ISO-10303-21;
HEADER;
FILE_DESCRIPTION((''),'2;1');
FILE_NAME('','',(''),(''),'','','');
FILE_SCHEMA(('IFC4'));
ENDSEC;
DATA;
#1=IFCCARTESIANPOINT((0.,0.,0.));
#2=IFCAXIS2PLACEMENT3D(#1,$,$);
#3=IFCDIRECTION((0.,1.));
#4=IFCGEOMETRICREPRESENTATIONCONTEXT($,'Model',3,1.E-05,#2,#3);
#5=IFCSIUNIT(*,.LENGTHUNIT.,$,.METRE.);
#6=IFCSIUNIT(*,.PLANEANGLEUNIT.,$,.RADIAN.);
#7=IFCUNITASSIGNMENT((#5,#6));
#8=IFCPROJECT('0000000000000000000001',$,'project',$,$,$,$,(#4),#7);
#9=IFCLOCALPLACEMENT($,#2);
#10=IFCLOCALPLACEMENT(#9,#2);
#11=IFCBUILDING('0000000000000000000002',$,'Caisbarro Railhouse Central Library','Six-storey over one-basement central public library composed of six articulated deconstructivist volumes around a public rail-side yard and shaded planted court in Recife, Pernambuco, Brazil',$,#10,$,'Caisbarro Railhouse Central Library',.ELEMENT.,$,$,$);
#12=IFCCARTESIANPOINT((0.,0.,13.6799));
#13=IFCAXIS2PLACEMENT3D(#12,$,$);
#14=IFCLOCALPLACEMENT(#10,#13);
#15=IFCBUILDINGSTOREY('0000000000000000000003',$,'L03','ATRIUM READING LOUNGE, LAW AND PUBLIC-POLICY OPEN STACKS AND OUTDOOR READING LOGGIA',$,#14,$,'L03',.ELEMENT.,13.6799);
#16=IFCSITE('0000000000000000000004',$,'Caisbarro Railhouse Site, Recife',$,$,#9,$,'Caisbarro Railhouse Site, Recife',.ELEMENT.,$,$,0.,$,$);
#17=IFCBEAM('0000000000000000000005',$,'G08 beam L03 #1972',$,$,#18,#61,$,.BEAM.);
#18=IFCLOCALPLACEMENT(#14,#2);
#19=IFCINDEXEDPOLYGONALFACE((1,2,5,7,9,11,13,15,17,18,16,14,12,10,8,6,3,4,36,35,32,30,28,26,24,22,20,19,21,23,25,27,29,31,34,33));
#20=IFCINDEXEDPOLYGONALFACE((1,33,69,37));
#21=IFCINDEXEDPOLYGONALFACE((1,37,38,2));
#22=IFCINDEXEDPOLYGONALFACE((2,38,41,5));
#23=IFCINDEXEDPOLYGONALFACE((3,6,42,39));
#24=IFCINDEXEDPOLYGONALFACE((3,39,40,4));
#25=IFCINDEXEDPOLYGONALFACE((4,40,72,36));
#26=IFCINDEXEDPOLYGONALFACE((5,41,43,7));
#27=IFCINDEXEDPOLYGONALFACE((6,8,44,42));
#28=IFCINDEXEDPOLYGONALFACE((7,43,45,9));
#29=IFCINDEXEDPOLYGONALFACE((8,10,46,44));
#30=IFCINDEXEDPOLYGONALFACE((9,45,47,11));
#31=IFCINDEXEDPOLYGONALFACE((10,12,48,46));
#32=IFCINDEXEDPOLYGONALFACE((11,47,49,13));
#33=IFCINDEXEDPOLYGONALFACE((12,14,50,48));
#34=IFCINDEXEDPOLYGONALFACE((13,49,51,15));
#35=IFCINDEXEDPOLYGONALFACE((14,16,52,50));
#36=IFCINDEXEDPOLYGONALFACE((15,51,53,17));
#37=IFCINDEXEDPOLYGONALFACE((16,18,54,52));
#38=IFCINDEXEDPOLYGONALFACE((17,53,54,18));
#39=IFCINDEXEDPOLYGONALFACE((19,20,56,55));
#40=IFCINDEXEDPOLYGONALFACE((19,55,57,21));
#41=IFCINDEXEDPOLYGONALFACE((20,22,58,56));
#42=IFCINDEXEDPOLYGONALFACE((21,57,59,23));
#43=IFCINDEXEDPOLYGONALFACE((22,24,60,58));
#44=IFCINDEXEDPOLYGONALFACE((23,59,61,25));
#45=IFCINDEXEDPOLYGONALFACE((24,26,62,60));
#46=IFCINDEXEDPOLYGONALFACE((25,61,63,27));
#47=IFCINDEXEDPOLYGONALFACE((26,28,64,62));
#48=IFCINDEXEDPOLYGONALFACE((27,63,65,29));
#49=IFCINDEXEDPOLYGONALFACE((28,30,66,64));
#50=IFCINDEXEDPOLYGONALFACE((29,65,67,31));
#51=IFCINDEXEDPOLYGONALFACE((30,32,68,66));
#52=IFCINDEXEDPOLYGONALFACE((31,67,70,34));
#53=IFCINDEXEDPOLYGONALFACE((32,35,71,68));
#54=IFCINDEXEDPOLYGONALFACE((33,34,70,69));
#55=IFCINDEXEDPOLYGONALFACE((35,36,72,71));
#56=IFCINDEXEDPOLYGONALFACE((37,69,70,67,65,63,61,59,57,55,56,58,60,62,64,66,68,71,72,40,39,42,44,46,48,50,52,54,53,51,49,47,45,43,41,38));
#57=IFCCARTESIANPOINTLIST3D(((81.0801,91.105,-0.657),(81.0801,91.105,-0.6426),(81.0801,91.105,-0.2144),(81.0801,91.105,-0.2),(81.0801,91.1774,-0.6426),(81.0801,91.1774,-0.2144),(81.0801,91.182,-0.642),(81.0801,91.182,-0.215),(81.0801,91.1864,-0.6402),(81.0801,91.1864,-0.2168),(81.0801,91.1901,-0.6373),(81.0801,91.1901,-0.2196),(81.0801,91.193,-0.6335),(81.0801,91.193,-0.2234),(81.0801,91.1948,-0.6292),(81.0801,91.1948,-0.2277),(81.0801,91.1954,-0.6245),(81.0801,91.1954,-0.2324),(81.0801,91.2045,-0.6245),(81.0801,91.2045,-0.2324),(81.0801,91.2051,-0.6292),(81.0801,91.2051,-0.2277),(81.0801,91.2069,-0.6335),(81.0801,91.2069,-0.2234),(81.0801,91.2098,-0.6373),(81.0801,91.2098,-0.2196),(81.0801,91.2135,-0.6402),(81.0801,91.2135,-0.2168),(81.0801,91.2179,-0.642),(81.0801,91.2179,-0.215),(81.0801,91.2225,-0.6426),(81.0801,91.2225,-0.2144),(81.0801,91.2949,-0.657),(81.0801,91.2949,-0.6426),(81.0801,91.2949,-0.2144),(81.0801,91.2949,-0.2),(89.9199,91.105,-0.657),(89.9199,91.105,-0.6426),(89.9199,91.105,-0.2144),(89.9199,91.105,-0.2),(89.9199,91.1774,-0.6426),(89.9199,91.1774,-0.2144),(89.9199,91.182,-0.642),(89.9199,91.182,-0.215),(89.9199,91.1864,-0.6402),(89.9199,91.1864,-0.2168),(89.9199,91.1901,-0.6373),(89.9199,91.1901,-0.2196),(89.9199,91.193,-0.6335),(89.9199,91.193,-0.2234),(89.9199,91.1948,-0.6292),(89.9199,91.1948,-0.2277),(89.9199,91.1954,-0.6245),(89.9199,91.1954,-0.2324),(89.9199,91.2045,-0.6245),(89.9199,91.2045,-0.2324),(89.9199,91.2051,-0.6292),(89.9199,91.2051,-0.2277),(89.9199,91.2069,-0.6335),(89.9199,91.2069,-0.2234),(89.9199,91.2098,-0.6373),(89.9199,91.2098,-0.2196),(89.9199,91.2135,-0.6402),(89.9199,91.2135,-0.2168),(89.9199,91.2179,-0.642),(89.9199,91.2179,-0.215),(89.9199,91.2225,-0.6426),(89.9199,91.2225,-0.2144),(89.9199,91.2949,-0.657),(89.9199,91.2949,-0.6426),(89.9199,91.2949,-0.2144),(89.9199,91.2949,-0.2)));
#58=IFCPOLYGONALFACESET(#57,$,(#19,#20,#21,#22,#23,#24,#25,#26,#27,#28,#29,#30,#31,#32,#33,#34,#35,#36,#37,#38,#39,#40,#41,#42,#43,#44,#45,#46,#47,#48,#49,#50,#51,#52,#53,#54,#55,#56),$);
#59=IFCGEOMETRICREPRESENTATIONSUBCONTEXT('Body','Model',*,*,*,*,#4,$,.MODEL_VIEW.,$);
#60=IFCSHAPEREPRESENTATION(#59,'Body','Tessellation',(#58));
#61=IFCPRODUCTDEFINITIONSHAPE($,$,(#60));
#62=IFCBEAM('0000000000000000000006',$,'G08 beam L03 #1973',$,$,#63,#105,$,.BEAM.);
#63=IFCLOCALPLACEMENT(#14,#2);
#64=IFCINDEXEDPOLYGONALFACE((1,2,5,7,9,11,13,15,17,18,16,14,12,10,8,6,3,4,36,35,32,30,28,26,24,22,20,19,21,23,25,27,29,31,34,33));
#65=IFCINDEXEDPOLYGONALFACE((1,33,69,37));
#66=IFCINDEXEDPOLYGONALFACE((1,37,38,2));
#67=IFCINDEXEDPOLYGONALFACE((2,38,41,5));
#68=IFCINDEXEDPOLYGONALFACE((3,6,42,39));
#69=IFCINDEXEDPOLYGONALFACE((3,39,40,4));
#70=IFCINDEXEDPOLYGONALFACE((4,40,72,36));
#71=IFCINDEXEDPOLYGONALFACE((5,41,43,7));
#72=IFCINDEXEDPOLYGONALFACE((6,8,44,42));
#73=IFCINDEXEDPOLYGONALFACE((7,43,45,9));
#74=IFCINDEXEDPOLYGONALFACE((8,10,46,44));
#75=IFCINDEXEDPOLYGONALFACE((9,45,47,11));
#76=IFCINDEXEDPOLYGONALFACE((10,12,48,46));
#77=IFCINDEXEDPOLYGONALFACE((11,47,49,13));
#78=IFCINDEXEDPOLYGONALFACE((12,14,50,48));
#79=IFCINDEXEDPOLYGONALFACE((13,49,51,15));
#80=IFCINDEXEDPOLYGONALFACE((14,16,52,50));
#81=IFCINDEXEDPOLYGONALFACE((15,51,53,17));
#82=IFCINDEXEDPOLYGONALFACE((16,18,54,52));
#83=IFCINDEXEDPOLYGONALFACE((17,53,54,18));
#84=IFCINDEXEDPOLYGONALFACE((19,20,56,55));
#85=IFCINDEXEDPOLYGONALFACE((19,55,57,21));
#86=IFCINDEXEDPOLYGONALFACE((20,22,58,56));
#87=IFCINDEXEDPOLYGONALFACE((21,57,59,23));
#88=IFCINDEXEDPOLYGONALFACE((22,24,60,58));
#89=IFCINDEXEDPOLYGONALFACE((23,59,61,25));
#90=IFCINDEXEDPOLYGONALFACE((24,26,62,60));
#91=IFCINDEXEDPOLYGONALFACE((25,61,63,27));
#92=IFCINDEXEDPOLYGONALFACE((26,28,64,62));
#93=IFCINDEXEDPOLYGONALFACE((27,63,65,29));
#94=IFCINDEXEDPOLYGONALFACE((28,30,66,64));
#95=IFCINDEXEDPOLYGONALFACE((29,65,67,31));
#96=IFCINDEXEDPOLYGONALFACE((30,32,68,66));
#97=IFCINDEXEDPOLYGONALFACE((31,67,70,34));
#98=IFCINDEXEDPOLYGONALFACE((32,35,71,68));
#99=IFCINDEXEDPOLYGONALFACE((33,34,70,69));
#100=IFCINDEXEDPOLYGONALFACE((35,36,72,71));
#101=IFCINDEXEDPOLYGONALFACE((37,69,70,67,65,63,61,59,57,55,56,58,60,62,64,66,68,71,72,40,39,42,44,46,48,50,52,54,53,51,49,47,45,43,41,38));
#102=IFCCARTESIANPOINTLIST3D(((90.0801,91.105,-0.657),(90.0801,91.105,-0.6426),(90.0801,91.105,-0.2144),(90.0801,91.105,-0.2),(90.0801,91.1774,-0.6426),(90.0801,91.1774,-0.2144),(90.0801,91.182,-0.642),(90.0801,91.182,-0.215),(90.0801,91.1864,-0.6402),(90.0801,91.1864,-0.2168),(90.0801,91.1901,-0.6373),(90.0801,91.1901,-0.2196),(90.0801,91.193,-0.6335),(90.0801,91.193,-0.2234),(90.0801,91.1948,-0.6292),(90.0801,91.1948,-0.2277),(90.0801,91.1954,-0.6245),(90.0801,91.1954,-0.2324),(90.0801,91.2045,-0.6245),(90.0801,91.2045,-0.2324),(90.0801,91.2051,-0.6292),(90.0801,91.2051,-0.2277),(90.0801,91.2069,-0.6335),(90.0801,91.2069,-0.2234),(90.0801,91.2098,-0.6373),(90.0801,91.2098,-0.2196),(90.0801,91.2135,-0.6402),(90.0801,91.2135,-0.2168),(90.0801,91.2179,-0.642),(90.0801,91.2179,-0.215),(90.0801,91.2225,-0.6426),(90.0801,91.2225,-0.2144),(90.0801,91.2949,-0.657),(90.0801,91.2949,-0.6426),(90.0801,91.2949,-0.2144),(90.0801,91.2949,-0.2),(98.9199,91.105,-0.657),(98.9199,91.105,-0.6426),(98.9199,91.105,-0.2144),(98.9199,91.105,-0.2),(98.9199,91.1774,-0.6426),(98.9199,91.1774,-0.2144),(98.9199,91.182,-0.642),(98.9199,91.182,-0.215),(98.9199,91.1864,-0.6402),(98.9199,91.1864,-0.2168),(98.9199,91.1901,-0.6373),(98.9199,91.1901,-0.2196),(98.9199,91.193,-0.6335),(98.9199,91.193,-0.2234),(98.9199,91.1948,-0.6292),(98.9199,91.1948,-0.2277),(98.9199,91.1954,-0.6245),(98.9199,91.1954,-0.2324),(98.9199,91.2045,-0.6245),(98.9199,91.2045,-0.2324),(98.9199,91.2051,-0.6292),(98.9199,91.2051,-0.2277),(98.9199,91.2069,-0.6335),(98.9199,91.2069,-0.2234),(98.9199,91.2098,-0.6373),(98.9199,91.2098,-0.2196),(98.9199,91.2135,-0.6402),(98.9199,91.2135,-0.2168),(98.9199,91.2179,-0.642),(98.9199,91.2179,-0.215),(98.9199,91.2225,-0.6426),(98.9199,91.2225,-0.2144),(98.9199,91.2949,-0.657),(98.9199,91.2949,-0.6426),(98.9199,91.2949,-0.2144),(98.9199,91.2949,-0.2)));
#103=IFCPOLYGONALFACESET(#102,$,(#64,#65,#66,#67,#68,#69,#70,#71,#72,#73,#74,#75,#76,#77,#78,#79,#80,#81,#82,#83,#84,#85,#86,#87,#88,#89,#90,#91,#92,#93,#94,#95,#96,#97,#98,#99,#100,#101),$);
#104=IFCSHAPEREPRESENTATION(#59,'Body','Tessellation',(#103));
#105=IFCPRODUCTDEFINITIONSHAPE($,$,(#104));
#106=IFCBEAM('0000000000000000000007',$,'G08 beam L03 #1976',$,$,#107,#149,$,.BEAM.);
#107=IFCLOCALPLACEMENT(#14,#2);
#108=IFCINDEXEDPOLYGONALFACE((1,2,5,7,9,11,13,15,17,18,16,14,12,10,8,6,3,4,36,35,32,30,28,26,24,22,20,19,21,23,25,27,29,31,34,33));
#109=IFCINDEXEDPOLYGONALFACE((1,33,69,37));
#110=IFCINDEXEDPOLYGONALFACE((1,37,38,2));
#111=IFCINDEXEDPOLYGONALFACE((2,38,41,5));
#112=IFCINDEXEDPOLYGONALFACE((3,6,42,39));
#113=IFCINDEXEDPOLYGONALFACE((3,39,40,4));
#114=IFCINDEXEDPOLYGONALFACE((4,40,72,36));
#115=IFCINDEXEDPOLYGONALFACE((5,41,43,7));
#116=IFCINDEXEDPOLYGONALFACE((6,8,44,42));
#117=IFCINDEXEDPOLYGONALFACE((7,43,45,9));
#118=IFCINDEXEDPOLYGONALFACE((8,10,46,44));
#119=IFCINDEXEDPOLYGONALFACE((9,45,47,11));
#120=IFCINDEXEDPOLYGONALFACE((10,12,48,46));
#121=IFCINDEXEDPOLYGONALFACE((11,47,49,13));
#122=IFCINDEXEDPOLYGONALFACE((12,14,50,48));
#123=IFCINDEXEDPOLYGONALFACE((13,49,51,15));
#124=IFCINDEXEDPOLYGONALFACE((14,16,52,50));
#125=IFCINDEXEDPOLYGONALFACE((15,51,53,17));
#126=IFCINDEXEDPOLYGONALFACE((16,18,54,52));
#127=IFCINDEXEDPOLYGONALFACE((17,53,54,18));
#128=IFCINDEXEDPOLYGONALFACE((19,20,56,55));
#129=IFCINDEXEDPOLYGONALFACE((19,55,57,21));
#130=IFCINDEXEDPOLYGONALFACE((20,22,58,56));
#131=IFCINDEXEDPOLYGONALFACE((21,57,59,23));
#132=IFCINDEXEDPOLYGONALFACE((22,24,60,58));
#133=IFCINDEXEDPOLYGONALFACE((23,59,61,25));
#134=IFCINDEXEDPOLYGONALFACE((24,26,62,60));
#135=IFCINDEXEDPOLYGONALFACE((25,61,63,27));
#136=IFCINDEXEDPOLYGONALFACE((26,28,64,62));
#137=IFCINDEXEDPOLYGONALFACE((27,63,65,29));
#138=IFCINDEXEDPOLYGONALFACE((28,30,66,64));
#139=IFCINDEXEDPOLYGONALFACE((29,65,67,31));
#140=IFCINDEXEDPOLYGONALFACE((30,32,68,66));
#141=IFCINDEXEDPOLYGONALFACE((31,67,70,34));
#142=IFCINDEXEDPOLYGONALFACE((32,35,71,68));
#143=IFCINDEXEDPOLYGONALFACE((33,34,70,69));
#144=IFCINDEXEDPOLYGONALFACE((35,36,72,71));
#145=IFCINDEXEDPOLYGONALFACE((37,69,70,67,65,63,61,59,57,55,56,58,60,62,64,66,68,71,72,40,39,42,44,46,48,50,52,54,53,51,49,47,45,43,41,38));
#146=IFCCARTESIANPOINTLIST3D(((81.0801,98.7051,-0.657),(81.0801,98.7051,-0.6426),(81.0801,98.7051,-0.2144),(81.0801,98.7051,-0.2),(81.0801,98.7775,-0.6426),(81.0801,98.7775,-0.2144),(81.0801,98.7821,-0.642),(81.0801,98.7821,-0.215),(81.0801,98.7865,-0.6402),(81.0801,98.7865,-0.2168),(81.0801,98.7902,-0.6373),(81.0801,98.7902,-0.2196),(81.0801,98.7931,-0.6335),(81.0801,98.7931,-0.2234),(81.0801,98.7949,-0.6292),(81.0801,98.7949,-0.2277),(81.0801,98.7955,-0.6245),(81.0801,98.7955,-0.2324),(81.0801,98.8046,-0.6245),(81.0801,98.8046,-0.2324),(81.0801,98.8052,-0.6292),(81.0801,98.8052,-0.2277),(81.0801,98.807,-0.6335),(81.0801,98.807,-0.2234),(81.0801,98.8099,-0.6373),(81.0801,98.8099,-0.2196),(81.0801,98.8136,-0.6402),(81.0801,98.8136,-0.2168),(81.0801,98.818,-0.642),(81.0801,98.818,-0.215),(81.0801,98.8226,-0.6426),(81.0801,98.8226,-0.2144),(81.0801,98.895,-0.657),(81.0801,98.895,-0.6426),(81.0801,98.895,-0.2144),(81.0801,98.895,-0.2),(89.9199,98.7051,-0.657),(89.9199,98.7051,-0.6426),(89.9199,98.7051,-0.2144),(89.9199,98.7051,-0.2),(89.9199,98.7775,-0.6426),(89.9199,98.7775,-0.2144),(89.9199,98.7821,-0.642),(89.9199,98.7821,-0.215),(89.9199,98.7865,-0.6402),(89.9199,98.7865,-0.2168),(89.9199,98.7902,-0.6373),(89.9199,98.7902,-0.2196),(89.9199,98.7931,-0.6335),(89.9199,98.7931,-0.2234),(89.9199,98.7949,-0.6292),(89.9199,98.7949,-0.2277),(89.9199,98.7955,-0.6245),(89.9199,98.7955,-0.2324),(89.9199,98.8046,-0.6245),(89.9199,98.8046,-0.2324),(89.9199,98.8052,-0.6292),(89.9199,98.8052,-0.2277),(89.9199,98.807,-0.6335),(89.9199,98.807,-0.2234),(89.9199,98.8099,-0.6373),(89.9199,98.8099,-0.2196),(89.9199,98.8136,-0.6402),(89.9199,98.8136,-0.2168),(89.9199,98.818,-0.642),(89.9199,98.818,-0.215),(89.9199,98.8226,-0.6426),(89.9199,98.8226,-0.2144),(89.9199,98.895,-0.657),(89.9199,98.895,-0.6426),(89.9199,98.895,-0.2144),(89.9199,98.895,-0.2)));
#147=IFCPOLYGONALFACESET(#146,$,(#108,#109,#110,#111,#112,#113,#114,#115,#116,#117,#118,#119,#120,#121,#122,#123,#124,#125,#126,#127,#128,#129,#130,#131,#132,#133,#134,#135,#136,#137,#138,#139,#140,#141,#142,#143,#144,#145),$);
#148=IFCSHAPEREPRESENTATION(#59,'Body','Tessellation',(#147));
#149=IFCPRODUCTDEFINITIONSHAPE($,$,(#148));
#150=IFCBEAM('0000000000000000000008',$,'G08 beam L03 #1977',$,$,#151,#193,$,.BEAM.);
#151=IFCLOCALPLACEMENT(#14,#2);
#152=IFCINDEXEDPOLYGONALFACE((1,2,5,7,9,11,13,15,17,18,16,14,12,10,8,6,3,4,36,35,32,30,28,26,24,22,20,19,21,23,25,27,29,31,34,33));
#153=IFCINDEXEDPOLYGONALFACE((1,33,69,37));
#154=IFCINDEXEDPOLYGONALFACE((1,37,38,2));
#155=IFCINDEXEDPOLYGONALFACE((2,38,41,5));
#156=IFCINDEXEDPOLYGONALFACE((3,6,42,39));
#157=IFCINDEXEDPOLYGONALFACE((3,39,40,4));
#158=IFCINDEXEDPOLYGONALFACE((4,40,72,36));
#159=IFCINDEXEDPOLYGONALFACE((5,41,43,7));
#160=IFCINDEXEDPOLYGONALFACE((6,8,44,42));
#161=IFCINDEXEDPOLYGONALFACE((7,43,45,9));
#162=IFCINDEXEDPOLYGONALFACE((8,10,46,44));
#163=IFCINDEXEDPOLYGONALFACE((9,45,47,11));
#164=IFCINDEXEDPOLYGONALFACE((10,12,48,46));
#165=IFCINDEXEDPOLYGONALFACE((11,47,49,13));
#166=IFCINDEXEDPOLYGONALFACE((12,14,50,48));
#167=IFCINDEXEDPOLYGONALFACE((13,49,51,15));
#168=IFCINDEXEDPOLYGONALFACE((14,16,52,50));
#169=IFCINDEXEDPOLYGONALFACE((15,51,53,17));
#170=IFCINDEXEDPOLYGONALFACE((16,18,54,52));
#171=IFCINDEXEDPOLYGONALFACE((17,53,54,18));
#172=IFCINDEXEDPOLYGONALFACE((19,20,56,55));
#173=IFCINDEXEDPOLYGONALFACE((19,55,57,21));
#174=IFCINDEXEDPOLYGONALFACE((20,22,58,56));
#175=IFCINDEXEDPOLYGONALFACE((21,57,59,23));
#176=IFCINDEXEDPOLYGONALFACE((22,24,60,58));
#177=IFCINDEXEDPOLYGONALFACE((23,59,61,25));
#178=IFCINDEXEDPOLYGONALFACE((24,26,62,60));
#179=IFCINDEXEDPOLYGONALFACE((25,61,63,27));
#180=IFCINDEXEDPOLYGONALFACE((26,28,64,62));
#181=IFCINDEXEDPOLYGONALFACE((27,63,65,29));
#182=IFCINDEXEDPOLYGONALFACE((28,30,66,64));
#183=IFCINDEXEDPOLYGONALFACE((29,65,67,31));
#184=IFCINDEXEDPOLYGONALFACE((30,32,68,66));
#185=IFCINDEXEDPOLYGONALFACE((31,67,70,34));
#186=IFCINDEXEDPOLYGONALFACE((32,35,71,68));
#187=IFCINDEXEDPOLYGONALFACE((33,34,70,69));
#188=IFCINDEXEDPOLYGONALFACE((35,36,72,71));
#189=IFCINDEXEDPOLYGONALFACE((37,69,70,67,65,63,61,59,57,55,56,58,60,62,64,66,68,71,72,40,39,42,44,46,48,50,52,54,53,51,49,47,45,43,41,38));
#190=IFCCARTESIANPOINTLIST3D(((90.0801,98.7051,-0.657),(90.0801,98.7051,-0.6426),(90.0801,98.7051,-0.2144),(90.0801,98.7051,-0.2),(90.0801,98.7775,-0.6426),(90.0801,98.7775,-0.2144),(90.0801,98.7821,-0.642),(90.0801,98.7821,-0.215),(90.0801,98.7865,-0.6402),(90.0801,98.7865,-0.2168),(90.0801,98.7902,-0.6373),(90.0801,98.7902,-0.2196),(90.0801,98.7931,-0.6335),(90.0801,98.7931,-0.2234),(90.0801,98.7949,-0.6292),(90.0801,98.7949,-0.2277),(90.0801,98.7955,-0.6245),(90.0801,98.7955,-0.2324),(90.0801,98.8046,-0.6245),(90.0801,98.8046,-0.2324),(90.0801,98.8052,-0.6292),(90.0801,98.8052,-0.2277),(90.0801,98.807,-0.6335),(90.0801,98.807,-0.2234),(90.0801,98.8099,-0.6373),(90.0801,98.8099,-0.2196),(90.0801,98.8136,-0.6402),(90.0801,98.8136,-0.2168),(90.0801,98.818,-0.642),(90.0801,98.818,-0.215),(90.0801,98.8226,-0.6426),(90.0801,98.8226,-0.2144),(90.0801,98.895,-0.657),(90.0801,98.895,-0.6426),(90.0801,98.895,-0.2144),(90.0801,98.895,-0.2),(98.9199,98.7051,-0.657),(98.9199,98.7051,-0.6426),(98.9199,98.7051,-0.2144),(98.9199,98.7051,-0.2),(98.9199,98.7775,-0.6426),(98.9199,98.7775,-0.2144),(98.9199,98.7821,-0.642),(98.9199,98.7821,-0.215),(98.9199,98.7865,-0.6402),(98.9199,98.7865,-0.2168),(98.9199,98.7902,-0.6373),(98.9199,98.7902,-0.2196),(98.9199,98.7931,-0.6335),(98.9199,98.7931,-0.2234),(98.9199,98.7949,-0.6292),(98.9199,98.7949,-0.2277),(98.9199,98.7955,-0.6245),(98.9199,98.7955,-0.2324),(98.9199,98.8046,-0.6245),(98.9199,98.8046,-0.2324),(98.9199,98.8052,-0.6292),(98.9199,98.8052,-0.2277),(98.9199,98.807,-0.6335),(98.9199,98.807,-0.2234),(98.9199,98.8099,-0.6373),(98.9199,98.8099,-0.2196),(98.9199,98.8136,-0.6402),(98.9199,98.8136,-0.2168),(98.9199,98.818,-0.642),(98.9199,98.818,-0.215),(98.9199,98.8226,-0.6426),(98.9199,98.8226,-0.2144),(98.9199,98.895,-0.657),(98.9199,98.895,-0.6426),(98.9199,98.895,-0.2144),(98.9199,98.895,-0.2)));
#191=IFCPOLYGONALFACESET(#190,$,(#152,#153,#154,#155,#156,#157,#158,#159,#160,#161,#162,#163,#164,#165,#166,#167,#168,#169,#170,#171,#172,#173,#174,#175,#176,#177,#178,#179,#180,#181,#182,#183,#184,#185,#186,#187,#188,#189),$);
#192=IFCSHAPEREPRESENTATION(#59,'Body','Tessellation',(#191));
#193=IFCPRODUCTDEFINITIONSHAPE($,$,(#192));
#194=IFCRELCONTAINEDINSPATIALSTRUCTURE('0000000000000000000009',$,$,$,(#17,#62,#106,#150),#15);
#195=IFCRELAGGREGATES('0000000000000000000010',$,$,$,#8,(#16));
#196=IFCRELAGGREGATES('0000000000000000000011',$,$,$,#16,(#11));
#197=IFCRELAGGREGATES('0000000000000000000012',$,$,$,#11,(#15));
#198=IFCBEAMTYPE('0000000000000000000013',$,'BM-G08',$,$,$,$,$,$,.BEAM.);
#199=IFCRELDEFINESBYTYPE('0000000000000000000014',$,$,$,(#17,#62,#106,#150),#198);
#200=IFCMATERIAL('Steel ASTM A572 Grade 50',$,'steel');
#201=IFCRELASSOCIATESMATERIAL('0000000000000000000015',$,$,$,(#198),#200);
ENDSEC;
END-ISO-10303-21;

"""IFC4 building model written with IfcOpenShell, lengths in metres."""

from ifc_helpers import new_model, si_unit, direction, frame, origin, origin_2d, place, context, subcontext, project, spatial, i_section, extrude, material, material_profile, profile_set, type_object, element, save


model = new_model("IFC4")

# Units and contexts
model_context = context("Model", 3, precision=1e-05, world=origin(), true_north=direction((0.0, 1.0)))
body_context = subcontext(model_context, "Body", "Model", "MODEL_VIEW")
ifc_project = project(units=[si_unit("LENGTHUNIT", "METRE"), si_unit("PLANEANGLEUNIT", "RADIAN")], contexts=[model_context])

# Site, building, storey
site_placement = place(None, origin())
site = spatial("IfcSite", under=ifc_project, at=site_placement, Name="Caisbarro Railhouse Site, Recife", LongName="Caisbarro Railhouse Site, Recife", CompositionType="ELEMENT", RefElevation=0.0)
building_placement = place(site_placement, origin())
building = spatial("IfcBuilding", under=site, at=building_placement, Name="Caisbarro Railhouse Central Library", Description="Six-storey over one-basement central public library composed of six articulated deconstructivist volumes around a public rail-side yard and shaded planted court in Recife, Pernambuco, Brazil", LongName="Caisbarro Railhouse Central Library", CompositionType="ELEMENT")
storey_placement = place(building_placement, frame((0.0, 0.0, 13.6799)))
storey = spatial("IfcBuildingStorey", under=building, at=storey_placement, Name="L03", Description="ATRIUM READING LOUNGE, LAW AND PUBLIC-POLICY OPEN STACKS AND OUTDOOR READING LOGGIA", LongName="L03", CompositionType="ELEMENT", Elevation=13.6799)

# Shared definitions
ifc_material_1 = material(Name="Steel ASTM A572 Grade 50", Category="steel")

# Beams
ifc_material_profile_1 = material_profile(ifc_material_1, i_section(OverallWidth=0.1899, OverallDepth=0.457, WebThickness=0.009, FlangeThickness=0.0144, FilletRadius=0.0181, at=origin_2d()), Name="W460X74.0")
ifc_profile_set_1 = profile_set([ifc_material_profile_1], Name="Steel ASTM A572 Grade 50")
beam_type_1 = type_object("IfcBeamType", Name="BM-G08", PredefinedType="BEAM", material=ifc_profile_set_1)
for number, where, z_axis, x_axis, name in (
    (1, (81.0801, 91.2, -0.4285), (1.0, 0.0, 0.0), (0.0, 1.0, 0.0), "G08 beam L03 #1972"),
    (2, (90.0801, 91.2, -0.4285), (1.0, 0.0, 0.0), (0.0, 1.0, 0.0), "G08 beam L03 #1973"),
    (3, (81.0801, 98.8, -0.4285), (1.0, 0.0, 0.0), (0.0, 1.0, 0.0), "G08 beam L03 #1976"),
    (4, (90.0801, 98.8, -0.4285), (1.0, 0.0, 0.0), (0.0, 1.0, 0.0), "G08 beam L03 #1977"),
):
    element("IfcBeam", number, at=place(storey_placement, frame(where, z_axis=z_axis, x_axis=x_axis)), inside=storey, type_object=beam_type_1, Name=name, PredefinedType="BEAM", context=body_context, shape_type="SweptSolid", body=[
        extrude(i_section(OverallWidth=0.1899, OverallDepth=0.457, WebThickness=0.009, FlangeThickness=0.0144, FilletRadius=0.0181, at=origin_2d()), origin(), (0.0, 0.0, 1.0), 8.8398),
    ])

save(model, "model.ifc")
